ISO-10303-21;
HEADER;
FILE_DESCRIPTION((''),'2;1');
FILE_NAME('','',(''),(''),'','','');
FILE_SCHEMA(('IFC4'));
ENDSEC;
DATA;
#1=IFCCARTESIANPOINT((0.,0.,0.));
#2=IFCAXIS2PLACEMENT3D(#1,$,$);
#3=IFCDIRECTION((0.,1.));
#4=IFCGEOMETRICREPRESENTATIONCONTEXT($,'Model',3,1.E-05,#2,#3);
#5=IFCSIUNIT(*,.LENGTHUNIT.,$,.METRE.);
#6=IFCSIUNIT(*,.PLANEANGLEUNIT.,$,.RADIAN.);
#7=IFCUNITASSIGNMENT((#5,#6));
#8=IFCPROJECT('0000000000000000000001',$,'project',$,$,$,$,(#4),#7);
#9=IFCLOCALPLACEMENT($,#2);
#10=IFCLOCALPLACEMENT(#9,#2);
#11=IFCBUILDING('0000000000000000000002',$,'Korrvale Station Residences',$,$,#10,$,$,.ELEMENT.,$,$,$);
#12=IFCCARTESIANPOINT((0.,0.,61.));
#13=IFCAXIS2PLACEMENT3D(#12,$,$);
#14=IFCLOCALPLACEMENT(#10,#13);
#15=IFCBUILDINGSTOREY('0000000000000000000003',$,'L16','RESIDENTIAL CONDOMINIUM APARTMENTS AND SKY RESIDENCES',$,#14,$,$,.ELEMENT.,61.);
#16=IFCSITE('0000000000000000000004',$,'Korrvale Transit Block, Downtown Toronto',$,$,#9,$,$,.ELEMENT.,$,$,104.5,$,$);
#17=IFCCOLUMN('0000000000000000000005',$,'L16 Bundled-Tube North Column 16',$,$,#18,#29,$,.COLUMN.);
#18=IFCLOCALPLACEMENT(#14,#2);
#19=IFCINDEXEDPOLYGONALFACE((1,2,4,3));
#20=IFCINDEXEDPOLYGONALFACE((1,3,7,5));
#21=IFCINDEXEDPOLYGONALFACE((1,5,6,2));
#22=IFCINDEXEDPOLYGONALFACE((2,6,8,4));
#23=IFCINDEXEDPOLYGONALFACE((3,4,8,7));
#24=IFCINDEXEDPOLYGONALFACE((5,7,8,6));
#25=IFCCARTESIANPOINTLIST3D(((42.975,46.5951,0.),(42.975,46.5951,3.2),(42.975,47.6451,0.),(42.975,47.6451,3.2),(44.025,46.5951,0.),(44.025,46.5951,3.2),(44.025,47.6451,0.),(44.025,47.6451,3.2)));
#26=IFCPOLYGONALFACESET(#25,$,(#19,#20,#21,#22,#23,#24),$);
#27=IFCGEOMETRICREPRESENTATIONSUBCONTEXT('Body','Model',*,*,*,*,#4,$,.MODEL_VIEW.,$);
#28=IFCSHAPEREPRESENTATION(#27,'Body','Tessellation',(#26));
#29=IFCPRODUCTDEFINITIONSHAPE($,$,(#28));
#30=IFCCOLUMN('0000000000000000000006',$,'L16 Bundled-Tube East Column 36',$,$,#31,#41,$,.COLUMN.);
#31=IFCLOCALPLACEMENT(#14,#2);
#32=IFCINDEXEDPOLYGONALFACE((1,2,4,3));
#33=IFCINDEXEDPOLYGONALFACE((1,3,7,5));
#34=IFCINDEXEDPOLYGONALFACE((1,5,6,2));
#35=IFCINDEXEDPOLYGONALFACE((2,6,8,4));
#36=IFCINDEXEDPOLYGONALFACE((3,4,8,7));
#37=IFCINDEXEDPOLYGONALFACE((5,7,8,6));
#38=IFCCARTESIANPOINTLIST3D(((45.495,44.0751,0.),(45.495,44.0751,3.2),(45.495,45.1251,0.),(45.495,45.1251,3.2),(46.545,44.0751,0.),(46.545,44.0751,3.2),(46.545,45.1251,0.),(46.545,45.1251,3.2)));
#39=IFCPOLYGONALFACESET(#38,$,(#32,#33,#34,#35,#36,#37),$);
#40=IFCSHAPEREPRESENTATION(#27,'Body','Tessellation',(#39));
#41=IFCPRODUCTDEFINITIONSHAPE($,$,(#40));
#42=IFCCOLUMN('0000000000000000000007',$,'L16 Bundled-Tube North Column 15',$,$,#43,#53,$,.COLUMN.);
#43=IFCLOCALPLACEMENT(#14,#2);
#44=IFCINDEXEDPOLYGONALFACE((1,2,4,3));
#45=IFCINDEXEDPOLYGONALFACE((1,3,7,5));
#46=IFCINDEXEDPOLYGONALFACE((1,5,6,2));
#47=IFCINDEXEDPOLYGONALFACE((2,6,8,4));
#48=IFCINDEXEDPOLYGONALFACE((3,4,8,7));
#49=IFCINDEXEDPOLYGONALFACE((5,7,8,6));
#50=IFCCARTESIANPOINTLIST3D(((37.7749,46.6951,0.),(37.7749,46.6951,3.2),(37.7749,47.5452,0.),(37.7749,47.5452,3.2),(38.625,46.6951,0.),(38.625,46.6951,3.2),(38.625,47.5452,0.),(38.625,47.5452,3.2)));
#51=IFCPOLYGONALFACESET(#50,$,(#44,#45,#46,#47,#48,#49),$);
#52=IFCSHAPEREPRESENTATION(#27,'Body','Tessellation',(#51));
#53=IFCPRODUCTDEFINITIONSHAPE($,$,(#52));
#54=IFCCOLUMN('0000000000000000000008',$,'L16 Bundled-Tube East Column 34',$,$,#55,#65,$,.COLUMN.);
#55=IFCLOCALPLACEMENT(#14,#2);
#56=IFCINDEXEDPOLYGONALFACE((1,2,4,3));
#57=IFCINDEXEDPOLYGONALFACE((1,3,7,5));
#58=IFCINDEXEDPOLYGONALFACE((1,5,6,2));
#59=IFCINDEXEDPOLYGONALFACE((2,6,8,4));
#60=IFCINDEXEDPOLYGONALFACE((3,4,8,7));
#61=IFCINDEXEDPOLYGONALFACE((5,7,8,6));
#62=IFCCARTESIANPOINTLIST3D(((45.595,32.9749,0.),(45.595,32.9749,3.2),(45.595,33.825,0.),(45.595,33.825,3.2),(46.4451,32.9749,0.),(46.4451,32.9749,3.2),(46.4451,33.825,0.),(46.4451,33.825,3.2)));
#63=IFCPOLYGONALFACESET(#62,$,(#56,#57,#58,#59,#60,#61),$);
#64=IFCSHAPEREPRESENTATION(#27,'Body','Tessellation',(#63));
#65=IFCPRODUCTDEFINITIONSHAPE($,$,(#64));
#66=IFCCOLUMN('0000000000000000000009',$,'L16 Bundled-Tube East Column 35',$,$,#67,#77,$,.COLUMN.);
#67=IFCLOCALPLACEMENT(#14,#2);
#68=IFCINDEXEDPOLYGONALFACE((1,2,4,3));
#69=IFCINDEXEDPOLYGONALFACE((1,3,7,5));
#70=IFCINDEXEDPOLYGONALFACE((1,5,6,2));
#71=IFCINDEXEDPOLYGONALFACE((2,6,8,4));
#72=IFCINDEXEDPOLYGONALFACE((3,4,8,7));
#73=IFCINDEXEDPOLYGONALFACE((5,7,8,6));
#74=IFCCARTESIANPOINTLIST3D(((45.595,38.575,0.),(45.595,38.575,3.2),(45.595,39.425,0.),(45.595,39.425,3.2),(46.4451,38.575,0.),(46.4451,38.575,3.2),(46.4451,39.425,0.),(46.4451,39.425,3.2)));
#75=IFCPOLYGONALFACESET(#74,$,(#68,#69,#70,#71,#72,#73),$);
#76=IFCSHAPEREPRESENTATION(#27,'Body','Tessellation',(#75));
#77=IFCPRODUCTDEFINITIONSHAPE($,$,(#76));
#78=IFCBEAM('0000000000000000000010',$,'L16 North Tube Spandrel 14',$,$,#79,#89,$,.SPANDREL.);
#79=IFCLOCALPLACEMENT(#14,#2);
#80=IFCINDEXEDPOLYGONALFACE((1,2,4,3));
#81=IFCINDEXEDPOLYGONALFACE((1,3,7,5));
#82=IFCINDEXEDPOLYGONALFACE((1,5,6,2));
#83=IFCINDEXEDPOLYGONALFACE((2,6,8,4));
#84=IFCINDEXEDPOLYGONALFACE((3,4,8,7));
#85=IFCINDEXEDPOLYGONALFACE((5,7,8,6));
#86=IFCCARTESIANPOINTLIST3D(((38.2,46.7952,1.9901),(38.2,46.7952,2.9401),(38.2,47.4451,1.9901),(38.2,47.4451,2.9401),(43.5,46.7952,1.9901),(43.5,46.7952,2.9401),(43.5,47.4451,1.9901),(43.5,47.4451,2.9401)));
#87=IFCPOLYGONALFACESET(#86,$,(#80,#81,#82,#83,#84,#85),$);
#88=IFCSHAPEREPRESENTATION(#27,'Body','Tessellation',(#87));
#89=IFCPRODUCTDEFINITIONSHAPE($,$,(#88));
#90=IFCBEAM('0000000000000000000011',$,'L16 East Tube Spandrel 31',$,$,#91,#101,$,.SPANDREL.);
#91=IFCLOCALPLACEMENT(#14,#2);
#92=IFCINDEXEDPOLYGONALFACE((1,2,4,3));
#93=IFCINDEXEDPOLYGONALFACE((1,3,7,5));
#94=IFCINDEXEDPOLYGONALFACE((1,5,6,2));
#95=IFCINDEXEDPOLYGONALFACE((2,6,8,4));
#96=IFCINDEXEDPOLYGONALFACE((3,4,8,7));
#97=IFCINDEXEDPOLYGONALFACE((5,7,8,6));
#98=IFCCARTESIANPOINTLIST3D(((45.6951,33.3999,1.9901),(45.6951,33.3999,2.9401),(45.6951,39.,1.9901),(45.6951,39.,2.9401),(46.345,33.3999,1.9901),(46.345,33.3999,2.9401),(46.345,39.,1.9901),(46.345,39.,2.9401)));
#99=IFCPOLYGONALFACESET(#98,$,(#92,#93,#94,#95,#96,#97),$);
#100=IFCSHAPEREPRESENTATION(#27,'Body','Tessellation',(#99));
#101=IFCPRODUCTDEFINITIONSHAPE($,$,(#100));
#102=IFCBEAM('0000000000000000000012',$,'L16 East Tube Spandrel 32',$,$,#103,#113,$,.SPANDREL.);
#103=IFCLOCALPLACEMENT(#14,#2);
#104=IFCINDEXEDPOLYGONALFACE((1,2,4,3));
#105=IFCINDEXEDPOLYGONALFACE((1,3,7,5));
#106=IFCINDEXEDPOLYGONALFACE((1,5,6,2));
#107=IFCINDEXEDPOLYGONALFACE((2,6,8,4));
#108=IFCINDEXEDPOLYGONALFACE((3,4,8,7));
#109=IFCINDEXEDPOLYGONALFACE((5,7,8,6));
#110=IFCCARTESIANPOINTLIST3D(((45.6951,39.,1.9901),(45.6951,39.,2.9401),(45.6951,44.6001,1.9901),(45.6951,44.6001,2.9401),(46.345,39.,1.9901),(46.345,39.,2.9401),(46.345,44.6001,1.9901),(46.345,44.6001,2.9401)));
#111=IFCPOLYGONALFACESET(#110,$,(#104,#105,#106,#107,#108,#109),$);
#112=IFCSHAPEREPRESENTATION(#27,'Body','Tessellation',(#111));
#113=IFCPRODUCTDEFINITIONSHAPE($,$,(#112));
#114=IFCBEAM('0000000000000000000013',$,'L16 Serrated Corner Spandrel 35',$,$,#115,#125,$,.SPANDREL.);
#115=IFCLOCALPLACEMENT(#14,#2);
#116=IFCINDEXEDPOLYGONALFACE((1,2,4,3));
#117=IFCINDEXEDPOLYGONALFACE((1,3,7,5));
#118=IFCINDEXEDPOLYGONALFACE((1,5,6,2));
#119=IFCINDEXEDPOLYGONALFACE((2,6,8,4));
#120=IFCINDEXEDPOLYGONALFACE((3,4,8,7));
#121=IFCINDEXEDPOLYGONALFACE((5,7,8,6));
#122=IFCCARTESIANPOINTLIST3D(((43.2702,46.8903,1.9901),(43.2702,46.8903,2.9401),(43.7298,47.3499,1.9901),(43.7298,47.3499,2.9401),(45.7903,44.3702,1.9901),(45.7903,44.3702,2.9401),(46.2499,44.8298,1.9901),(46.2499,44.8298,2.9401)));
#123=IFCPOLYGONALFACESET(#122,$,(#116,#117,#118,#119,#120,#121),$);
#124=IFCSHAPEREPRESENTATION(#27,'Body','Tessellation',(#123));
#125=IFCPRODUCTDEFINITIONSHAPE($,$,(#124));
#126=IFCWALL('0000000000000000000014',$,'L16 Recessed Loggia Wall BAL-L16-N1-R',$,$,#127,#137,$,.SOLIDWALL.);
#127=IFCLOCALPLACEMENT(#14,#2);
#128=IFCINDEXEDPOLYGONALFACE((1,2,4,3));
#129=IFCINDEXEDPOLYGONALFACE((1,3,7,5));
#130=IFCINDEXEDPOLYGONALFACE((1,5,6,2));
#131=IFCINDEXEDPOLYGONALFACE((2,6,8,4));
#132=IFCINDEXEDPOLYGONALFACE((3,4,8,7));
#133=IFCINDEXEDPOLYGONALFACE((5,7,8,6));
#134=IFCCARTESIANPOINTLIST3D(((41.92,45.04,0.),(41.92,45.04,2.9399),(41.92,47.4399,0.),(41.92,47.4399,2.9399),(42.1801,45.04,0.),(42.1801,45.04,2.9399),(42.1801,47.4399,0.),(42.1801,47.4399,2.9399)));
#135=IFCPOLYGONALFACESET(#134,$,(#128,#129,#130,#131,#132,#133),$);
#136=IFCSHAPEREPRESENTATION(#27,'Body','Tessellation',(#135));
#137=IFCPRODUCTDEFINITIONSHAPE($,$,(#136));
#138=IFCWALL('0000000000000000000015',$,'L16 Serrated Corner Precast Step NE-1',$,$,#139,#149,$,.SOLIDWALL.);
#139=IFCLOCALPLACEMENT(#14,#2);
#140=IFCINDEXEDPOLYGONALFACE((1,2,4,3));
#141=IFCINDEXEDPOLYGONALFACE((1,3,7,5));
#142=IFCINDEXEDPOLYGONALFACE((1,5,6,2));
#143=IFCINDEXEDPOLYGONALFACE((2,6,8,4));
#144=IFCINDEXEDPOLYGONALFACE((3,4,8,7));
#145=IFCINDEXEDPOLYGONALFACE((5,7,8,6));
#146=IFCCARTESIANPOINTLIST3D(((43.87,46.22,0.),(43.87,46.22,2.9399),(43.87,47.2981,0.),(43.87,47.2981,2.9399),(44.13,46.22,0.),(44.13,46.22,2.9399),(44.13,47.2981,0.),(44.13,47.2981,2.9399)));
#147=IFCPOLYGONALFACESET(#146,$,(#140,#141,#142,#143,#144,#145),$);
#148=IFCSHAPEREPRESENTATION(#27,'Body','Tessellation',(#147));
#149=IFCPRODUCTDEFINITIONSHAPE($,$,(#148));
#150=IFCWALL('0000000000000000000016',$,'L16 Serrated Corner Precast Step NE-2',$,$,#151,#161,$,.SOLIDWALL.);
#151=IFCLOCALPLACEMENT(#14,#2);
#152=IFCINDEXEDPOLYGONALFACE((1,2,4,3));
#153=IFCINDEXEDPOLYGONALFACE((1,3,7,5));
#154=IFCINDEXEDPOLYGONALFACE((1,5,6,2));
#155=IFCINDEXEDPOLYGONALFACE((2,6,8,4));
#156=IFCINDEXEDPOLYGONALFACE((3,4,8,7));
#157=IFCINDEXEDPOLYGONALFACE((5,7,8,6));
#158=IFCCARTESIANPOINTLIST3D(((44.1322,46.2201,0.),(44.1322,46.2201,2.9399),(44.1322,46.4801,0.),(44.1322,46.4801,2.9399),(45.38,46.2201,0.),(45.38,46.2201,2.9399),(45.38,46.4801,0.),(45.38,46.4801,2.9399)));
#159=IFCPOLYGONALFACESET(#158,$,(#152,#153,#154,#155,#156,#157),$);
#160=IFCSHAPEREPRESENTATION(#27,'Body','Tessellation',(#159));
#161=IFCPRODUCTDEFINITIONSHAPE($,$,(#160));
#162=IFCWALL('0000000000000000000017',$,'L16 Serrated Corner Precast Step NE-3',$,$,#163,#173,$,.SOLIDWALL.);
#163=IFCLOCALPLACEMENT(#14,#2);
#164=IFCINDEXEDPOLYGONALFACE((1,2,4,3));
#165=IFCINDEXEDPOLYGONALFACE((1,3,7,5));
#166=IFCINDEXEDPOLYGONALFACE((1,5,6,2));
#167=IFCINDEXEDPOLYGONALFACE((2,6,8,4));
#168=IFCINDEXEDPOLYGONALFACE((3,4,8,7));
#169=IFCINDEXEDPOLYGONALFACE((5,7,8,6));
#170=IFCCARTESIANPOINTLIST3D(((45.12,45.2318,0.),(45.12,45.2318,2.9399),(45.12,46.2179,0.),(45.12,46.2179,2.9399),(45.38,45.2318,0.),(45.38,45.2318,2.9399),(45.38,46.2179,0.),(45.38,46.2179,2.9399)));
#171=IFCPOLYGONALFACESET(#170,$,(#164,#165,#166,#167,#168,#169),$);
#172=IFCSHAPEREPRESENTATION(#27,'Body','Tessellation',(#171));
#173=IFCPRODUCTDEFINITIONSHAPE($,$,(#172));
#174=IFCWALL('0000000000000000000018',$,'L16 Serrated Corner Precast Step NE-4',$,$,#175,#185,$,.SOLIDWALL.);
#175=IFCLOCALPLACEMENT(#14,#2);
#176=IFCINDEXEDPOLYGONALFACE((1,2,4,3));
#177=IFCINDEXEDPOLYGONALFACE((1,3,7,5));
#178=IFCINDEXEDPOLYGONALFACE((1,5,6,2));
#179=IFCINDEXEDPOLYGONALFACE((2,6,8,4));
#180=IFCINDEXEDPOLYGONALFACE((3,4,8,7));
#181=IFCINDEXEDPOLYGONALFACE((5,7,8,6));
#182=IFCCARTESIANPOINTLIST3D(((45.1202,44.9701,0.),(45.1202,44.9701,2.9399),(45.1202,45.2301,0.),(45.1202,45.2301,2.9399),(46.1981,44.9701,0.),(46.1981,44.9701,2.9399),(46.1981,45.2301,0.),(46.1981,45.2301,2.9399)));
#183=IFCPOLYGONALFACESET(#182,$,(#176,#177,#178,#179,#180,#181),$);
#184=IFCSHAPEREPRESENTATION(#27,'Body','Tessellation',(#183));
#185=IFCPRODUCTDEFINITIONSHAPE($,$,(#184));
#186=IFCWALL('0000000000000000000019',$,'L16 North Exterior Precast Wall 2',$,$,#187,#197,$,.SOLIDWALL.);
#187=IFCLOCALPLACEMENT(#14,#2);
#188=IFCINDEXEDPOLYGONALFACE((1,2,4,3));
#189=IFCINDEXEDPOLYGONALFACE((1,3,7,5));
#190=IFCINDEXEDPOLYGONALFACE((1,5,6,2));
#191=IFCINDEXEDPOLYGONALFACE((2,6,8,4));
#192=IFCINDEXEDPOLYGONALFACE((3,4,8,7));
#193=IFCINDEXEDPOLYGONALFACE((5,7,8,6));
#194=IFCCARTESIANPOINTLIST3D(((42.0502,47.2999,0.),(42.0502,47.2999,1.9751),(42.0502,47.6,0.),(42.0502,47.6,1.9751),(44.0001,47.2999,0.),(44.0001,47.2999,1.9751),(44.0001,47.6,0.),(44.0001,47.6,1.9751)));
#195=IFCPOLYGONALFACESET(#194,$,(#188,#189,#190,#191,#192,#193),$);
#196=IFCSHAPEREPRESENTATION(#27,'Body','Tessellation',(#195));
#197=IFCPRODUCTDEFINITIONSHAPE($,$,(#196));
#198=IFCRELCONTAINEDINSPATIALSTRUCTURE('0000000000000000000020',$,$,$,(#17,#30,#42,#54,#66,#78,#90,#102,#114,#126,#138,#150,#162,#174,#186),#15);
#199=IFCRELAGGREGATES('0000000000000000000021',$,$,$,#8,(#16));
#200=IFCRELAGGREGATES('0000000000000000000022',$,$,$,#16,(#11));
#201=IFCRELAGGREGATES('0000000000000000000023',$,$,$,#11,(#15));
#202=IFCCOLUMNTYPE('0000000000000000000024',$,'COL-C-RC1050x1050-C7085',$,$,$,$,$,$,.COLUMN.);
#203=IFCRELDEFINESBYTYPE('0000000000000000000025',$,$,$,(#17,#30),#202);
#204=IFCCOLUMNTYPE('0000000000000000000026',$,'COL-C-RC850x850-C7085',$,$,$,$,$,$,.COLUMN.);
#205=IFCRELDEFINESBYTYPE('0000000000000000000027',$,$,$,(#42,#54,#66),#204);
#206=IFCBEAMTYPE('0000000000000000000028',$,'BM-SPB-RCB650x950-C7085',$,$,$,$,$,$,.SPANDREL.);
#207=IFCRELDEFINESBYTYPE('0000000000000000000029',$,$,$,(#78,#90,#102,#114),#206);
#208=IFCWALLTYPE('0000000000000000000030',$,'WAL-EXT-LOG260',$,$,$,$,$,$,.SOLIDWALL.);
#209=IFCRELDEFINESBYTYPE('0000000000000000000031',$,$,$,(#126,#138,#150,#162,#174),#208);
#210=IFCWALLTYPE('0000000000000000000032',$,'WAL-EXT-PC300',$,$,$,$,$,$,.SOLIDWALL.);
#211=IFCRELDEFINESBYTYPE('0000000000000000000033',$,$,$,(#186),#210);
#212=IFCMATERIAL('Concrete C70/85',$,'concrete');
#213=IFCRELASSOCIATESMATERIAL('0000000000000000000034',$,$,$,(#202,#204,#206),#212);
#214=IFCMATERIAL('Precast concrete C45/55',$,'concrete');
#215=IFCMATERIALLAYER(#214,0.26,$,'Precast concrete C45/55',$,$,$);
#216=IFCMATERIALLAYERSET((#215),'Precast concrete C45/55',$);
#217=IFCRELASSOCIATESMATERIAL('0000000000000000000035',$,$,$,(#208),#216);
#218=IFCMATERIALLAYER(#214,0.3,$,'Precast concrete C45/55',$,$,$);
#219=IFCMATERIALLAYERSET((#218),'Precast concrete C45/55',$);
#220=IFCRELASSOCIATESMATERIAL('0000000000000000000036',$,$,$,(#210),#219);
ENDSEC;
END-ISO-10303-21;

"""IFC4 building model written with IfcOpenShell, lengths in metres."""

from ifc_helpers import new_model, si_unit, direction, frame, frame_2d, origin, origin_2d, place, context, subcontext, project, spatial, rectangle, extrude, material, layer, layer_set, material_profile, profile_set, type_object, element, save


model = new_model("IFC4")

# Units and contexts
model_context = context("Model", 3, precision=1e-05, world=origin(), true_north=direction((0.0, 1.0)))
body_context = subcontext(model_context, "Body", "Model", "MODEL_VIEW")
ifc_project = project(units=[si_unit("LENGTHUNIT", "METRE"), si_unit("PLANEANGLEUNIT", "RADIAN")], contexts=[model_context])

# Site, building, storey
site_placement = place(None, origin())
site = spatial("IfcSite", under=ifc_project, at=site_placement, Name="Korrvale Transit Block, Downtown Toronto", CompositionType="ELEMENT", RefElevation=104.5)
building_placement = place(site_placement, origin())
building = spatial("IfcBuilding", under=site, at=building_placement, Name="Korrvale Station Residences", CompositionType="ELEMENT")
storey_placement = place(building_placement, frame((0.0, 0.0, 61.0)))
storey = spatial("IfcBuildingStorey", under=building, at=storey_placement, Name="L16", Description="RESIDENTIAL CONDOMINIUM APARTMENTS AND SKY RESIDENCES", CompositionType="ELEMENT", Elevation=61.0)

# Columns
ifc_material_1 = material(Name="Concrete C70/85", Category="concrete")
ifc_material_profile_1 = material_profile(ifc_material_1, rectangle(XDim=1.05, YDim=1.05, at=origin_2d()), Name="RC1050x1050")
ifc_profile_set_1 = profile_set([ifc_material_profile_1], Name="Concrete C70/85")
column_type_1 = type_object("IfcColumnType", Name="COL-C-RC1050x1050-C7085", PredefinedType="COLUMN", material=ifc_profile_set_1)
for number, where, z_axis, x_axis, name in (
    (1, (43.5, 47.1201, 0.0), (0.0, 0.0, 1.0), (1.0, 0.0, 0.0), "L16 Bundled-Tube North Column 16"),
    (2, (46.02, 44.6001, 0.0), (0.0, 0.0, 1.0), (1.0, 0.0, 0.0), "L16 Bundled-Tube East Column 36"),
):
    element("IfcColumn", number, at=place(storey_placement, frame(where, z_axis=z_axis, x_axis=x_axis)), inside=storey, type_object=column_type_1, Name=name, PredefinedType="COLUMN", context=body_context, shape_type="SweptSolid", body=[
        extrude(rectangle(XDim=1.05, YDim=1.05, at=origin_2d()), origin(), (0.0, 0.0, 1.0), 3.2),
    ])
ifc_material_profile_2 = material_profile(ifc_material_1, rectangle(XDim=0.8501, YDim=0.8501, at=origin_2d()), Name="RC850x850")
ifc_profile_set_2 = profile_set([ifc_material_profile_2], Name="Concrete C70/85")
column_type_2 = type_object("IfcColumnType", Name="COL-C-RC850x850-C7085", PredefinedType="COLUMN", material=ifc_profile_set_2)
for number, where, z_axis, x_axis, name in (
    (3, (38.2, 47.1201, 0.0), (0.0, 0.0, 1.0), (1.0, 0.0, 0.0), "L16 Bundled-Tube North Column 15"),
    (4, (46.02, 33.3999, 0.0), (0.0, 0.0, 1.0), (1.0, 0.0, 0.0), "L16 Bundled-Tube East Column 34"),
    (5, (46.02, 39.0, 0.0), (0.0, 0.0, 1.0), (1.0, 0.0, 0.0), "L16 Bundled-Tube East Column 35"),
):
    element("IfcColumn", number, at=place(storey_placement, frame(where, z_axis=z_axis, x_axis=x_axis)), inside=storey, type_object=column_type_2, Name=name, PredefinedType="COLUMN", context=body_context, shape_type="SweptSolid", body=[
        extrude(rectangle(XDim=0.8501, YDim=0.8501, at=origin_2d()), origin(), (0.0, 0.0, 1.0), 3.2),
    ])

# Beams
ifc_material_profile_3 = material_profile(ifc_material_1, rectangle(XDim=0.6499, YDim=0.95, at=origin_2d()), Name="RCB650x950")
ifc_profile_set_3 = profile_set([ifc_material_profile_3], Name="Concrete C70/85")
beam_type = type_object("IfcBeamType", Name="BM-SPB-RCB650x950-C7085", PredefinedType="SPANDREL", material=ifc_profile_set_3)
beam_1_placement = place(storey_placement, frame((38.2, 47.1201, 2.4651), z_axis=(1.0, 0.0, 0.0), x_axis=(0.0, 1.0, 0.0)))
element("IfcBeam", 6, at=beam_1_placement, inside=storey, type_object=beam_type, Name="L16 North Tube Spandrel 14", PredefinedType="SPANDREL", context=body_context, shape_type="SweptSolid", body=[
    extrude(rectangle(XDim=0.6499, YDim=0.95, at=origin_2d()), origin(), (0.0, 0.0, 1.0), 5.3),
])
for number, where, z_axis, x_axis, name in (
    (7, (46.02, 33.3999, 2.4651), (0.0, 1.0, 0.0), (-1.0, 0.0, 0.0), "L16 East Tube Spandrel 31"),
    (8, (46.02, 39.0, 2.4651), (0.0, 1.0, 0.0), (-1.0, 0.0, 0.0), "L16 East Tube Spandrel 32"),
):
    element("IfcBeam", number, at=place(storey_placement, frame(where, z_axis=z_axis, x_axis=x_axis)), inside=storey, type_object=beam_type, Name=name, PredefinedType="SPANDREL", context=body_context, shape_type="SweptSolid", body=[
        extrude(rectangle(XDim=0.6499, YDim=0.95, at=origin_2d()), origin(), (0.0, 0.0, 1.0), 5.6001),
    ])
beam_2_placement = place(storey_placement, frame((43.5, 47.1201, 2.4651), z_axis=(0.707107, -0.707107, 0.0), x_axis=(0.707107, 0.707107, 0.0)))
element("IfcBeam", 9, at=beam_2_placement, inside=storey, type_object=beam_type, Name="L16 Serrated Corner Spandrel 35", PredefinedType="SPANDREL", context=body_context, shape_type="SweptSolid", body=[
    extrude(rectangle(XDim=0.6499, YDim=0.95, at=origin_2d()), origin(), (0.0, 0.0, 1.0), 3.564),
])

# Walls
ifc_material_2 = material(Name="Precast concrete C45/55", Category="concrete")
ifc_layer_1 = layer(ifc_material_2, 0.26, Name="Precast concrete C45/55")
ifc_layer_set_1 = layer_set([ifc_layer_1], Name="Precast concrete C45/55")
wall_type_1 = type_object("IfcWallType", Name="WAL-EXT-LOG260", PredefinedType="SOLIDWALL", material=ifc_layer_set_1)
wall_1_placement = place(storey_placement, frame((42.05, 45.04, 0.0), z_axis=(0.0, 0.0, 1.0), x_axis=(0.0, 1.0, 0.0)))
element("IfcWall", 10, at=wall_1_placement, inside=storey, type_object=wall_type_1, Name="L16 Recessed Loggia Wall BAL-L16-N1-R", PredefinedType="SOLIDWALL", context=body_context, shape_type="SweptSolid", body=[
    extrude(rectangle(XDim=2.3999, YDim=0.26, at=frame_2d((1.2, 0.0))), origin(), (0.0, 0.0, 1.0), 2.9399),
])
wall_2_placement = place(storey_placement, frame((44.0, 47.2981, 0.0), z_axis=(0.0, 0.0, 1.0), x_axis=(0.0, -1.0, 0.0)))
element("IfcWall", 11, at=wall_2_placement, inside=storey, type_object=wall_type_1, Name="L16 Serrated Corner Precast Step NE-1", PredefinedType="SOLIDWALL", context=body_context, shape_type="SweptSolid", body=[
    extrude(rectangle(XDim=1.0781, YDim=0.26, at=frame_2d((0.5391, 0.0))), origin(), (0.0, 0.0, 1.0), 2.9399),
])
wall_3_placement = place(storey_placement, frame((44.1321, 46.3501, 0.0), z_axis=(0.0, 0.0, 1.0), x_axis=(1.0, 0.0, 0.0)))
element("IfcWall", 12, at=wall_3_placement, inside=storey, type_object=wall_type_1, Name="L16 Serrated Corner Precast Step NE-2", PredefinedType="SOLIDWALL", context=body_context, shape_type="SweptSolid", body=[
    extrude(rectangle(XDim=1.2478, YDim=0.26, at=frame_2d((0.624, 0.0))), origin(), (0.0, 0.0, 1.0), 2.9399),
])
wall_4_placement = place(storey_placement, frame((45.25, 46.218, 0.0), z_axis=(0.0, 0.0, 1.0), x_axis=(0.0, -1.0, 0.0)))
element("IfcWall", 13, at=wall_4_placement, inside=storey, type_object=wall_type_1, Name="L16 Serrated Corner Precast Step NE-3", PredefinedType="SOLIDWALL", context=body_context, shape_type="SweptSolid", body=[
    extrude(rectangle(XDim=0.9861, YDim=0.26, at=frame_2d((0.4932, 0.0))), origin(), (0.0, 0.0, 1.0), 2.9399),
])
wall_5_placement = place(storey_placement, frame((45.1201, 45.1001, 0.0), z_axis=(0.0, 0.0, 1.0), x_axis=(1.0, 0.0, 0.0)))
element("IfcWall", 14, at=wall_5_placement, inside=storey, type_object=wall_type_1, Name="L16 Serrated Corner Precast Step NE-4", PredefinedType="SOLIDWALL", context=body_context, shape_type="SweptSolid", body=[
    extrude(rectangle(XDim=1.0779, YDim=0.26, at=frame_2d((0.5391, 0.0))), origin(), (0.0, 0.0, 1.0), 2.9399),
])
ifc_layer_2 = layer(ifc_material_2, 0.3, Name="Precast concrete C45/55")
ifc_layer_set_2 = layer_set([ifc_layer_2], Name="Precast concrete C45/55")
wall_type_2 = type_object("IfcWallType", Name="WAL-EXT-PC300", PredefinedType="SOLIDWALL", material=ifc_layer_set_2)
wall_6_placement = place(storey_placement, frame((42.05, 47.45, 0.0), z_axis=(0.0, 0.0, 1.0), x_axis=(1.0, 0.0, 0.0)))
element("IfcWall", 15, at=wall_6_placement, inside=storey, type_object=wall_type_2, Name="L16 North Exterior Precast Wall 2", PredefinedType="SOLIDWALL", context=body_context, shape_type="SweptSolid", body=[
    extrude(rectangle(XDim=1.95, YDim=0.3, at=frame_2d((0.9751, 0.0))), origin(), (0.0, 0.0, 1.0), 1.9751),
])

save(model, "model.ifc")
